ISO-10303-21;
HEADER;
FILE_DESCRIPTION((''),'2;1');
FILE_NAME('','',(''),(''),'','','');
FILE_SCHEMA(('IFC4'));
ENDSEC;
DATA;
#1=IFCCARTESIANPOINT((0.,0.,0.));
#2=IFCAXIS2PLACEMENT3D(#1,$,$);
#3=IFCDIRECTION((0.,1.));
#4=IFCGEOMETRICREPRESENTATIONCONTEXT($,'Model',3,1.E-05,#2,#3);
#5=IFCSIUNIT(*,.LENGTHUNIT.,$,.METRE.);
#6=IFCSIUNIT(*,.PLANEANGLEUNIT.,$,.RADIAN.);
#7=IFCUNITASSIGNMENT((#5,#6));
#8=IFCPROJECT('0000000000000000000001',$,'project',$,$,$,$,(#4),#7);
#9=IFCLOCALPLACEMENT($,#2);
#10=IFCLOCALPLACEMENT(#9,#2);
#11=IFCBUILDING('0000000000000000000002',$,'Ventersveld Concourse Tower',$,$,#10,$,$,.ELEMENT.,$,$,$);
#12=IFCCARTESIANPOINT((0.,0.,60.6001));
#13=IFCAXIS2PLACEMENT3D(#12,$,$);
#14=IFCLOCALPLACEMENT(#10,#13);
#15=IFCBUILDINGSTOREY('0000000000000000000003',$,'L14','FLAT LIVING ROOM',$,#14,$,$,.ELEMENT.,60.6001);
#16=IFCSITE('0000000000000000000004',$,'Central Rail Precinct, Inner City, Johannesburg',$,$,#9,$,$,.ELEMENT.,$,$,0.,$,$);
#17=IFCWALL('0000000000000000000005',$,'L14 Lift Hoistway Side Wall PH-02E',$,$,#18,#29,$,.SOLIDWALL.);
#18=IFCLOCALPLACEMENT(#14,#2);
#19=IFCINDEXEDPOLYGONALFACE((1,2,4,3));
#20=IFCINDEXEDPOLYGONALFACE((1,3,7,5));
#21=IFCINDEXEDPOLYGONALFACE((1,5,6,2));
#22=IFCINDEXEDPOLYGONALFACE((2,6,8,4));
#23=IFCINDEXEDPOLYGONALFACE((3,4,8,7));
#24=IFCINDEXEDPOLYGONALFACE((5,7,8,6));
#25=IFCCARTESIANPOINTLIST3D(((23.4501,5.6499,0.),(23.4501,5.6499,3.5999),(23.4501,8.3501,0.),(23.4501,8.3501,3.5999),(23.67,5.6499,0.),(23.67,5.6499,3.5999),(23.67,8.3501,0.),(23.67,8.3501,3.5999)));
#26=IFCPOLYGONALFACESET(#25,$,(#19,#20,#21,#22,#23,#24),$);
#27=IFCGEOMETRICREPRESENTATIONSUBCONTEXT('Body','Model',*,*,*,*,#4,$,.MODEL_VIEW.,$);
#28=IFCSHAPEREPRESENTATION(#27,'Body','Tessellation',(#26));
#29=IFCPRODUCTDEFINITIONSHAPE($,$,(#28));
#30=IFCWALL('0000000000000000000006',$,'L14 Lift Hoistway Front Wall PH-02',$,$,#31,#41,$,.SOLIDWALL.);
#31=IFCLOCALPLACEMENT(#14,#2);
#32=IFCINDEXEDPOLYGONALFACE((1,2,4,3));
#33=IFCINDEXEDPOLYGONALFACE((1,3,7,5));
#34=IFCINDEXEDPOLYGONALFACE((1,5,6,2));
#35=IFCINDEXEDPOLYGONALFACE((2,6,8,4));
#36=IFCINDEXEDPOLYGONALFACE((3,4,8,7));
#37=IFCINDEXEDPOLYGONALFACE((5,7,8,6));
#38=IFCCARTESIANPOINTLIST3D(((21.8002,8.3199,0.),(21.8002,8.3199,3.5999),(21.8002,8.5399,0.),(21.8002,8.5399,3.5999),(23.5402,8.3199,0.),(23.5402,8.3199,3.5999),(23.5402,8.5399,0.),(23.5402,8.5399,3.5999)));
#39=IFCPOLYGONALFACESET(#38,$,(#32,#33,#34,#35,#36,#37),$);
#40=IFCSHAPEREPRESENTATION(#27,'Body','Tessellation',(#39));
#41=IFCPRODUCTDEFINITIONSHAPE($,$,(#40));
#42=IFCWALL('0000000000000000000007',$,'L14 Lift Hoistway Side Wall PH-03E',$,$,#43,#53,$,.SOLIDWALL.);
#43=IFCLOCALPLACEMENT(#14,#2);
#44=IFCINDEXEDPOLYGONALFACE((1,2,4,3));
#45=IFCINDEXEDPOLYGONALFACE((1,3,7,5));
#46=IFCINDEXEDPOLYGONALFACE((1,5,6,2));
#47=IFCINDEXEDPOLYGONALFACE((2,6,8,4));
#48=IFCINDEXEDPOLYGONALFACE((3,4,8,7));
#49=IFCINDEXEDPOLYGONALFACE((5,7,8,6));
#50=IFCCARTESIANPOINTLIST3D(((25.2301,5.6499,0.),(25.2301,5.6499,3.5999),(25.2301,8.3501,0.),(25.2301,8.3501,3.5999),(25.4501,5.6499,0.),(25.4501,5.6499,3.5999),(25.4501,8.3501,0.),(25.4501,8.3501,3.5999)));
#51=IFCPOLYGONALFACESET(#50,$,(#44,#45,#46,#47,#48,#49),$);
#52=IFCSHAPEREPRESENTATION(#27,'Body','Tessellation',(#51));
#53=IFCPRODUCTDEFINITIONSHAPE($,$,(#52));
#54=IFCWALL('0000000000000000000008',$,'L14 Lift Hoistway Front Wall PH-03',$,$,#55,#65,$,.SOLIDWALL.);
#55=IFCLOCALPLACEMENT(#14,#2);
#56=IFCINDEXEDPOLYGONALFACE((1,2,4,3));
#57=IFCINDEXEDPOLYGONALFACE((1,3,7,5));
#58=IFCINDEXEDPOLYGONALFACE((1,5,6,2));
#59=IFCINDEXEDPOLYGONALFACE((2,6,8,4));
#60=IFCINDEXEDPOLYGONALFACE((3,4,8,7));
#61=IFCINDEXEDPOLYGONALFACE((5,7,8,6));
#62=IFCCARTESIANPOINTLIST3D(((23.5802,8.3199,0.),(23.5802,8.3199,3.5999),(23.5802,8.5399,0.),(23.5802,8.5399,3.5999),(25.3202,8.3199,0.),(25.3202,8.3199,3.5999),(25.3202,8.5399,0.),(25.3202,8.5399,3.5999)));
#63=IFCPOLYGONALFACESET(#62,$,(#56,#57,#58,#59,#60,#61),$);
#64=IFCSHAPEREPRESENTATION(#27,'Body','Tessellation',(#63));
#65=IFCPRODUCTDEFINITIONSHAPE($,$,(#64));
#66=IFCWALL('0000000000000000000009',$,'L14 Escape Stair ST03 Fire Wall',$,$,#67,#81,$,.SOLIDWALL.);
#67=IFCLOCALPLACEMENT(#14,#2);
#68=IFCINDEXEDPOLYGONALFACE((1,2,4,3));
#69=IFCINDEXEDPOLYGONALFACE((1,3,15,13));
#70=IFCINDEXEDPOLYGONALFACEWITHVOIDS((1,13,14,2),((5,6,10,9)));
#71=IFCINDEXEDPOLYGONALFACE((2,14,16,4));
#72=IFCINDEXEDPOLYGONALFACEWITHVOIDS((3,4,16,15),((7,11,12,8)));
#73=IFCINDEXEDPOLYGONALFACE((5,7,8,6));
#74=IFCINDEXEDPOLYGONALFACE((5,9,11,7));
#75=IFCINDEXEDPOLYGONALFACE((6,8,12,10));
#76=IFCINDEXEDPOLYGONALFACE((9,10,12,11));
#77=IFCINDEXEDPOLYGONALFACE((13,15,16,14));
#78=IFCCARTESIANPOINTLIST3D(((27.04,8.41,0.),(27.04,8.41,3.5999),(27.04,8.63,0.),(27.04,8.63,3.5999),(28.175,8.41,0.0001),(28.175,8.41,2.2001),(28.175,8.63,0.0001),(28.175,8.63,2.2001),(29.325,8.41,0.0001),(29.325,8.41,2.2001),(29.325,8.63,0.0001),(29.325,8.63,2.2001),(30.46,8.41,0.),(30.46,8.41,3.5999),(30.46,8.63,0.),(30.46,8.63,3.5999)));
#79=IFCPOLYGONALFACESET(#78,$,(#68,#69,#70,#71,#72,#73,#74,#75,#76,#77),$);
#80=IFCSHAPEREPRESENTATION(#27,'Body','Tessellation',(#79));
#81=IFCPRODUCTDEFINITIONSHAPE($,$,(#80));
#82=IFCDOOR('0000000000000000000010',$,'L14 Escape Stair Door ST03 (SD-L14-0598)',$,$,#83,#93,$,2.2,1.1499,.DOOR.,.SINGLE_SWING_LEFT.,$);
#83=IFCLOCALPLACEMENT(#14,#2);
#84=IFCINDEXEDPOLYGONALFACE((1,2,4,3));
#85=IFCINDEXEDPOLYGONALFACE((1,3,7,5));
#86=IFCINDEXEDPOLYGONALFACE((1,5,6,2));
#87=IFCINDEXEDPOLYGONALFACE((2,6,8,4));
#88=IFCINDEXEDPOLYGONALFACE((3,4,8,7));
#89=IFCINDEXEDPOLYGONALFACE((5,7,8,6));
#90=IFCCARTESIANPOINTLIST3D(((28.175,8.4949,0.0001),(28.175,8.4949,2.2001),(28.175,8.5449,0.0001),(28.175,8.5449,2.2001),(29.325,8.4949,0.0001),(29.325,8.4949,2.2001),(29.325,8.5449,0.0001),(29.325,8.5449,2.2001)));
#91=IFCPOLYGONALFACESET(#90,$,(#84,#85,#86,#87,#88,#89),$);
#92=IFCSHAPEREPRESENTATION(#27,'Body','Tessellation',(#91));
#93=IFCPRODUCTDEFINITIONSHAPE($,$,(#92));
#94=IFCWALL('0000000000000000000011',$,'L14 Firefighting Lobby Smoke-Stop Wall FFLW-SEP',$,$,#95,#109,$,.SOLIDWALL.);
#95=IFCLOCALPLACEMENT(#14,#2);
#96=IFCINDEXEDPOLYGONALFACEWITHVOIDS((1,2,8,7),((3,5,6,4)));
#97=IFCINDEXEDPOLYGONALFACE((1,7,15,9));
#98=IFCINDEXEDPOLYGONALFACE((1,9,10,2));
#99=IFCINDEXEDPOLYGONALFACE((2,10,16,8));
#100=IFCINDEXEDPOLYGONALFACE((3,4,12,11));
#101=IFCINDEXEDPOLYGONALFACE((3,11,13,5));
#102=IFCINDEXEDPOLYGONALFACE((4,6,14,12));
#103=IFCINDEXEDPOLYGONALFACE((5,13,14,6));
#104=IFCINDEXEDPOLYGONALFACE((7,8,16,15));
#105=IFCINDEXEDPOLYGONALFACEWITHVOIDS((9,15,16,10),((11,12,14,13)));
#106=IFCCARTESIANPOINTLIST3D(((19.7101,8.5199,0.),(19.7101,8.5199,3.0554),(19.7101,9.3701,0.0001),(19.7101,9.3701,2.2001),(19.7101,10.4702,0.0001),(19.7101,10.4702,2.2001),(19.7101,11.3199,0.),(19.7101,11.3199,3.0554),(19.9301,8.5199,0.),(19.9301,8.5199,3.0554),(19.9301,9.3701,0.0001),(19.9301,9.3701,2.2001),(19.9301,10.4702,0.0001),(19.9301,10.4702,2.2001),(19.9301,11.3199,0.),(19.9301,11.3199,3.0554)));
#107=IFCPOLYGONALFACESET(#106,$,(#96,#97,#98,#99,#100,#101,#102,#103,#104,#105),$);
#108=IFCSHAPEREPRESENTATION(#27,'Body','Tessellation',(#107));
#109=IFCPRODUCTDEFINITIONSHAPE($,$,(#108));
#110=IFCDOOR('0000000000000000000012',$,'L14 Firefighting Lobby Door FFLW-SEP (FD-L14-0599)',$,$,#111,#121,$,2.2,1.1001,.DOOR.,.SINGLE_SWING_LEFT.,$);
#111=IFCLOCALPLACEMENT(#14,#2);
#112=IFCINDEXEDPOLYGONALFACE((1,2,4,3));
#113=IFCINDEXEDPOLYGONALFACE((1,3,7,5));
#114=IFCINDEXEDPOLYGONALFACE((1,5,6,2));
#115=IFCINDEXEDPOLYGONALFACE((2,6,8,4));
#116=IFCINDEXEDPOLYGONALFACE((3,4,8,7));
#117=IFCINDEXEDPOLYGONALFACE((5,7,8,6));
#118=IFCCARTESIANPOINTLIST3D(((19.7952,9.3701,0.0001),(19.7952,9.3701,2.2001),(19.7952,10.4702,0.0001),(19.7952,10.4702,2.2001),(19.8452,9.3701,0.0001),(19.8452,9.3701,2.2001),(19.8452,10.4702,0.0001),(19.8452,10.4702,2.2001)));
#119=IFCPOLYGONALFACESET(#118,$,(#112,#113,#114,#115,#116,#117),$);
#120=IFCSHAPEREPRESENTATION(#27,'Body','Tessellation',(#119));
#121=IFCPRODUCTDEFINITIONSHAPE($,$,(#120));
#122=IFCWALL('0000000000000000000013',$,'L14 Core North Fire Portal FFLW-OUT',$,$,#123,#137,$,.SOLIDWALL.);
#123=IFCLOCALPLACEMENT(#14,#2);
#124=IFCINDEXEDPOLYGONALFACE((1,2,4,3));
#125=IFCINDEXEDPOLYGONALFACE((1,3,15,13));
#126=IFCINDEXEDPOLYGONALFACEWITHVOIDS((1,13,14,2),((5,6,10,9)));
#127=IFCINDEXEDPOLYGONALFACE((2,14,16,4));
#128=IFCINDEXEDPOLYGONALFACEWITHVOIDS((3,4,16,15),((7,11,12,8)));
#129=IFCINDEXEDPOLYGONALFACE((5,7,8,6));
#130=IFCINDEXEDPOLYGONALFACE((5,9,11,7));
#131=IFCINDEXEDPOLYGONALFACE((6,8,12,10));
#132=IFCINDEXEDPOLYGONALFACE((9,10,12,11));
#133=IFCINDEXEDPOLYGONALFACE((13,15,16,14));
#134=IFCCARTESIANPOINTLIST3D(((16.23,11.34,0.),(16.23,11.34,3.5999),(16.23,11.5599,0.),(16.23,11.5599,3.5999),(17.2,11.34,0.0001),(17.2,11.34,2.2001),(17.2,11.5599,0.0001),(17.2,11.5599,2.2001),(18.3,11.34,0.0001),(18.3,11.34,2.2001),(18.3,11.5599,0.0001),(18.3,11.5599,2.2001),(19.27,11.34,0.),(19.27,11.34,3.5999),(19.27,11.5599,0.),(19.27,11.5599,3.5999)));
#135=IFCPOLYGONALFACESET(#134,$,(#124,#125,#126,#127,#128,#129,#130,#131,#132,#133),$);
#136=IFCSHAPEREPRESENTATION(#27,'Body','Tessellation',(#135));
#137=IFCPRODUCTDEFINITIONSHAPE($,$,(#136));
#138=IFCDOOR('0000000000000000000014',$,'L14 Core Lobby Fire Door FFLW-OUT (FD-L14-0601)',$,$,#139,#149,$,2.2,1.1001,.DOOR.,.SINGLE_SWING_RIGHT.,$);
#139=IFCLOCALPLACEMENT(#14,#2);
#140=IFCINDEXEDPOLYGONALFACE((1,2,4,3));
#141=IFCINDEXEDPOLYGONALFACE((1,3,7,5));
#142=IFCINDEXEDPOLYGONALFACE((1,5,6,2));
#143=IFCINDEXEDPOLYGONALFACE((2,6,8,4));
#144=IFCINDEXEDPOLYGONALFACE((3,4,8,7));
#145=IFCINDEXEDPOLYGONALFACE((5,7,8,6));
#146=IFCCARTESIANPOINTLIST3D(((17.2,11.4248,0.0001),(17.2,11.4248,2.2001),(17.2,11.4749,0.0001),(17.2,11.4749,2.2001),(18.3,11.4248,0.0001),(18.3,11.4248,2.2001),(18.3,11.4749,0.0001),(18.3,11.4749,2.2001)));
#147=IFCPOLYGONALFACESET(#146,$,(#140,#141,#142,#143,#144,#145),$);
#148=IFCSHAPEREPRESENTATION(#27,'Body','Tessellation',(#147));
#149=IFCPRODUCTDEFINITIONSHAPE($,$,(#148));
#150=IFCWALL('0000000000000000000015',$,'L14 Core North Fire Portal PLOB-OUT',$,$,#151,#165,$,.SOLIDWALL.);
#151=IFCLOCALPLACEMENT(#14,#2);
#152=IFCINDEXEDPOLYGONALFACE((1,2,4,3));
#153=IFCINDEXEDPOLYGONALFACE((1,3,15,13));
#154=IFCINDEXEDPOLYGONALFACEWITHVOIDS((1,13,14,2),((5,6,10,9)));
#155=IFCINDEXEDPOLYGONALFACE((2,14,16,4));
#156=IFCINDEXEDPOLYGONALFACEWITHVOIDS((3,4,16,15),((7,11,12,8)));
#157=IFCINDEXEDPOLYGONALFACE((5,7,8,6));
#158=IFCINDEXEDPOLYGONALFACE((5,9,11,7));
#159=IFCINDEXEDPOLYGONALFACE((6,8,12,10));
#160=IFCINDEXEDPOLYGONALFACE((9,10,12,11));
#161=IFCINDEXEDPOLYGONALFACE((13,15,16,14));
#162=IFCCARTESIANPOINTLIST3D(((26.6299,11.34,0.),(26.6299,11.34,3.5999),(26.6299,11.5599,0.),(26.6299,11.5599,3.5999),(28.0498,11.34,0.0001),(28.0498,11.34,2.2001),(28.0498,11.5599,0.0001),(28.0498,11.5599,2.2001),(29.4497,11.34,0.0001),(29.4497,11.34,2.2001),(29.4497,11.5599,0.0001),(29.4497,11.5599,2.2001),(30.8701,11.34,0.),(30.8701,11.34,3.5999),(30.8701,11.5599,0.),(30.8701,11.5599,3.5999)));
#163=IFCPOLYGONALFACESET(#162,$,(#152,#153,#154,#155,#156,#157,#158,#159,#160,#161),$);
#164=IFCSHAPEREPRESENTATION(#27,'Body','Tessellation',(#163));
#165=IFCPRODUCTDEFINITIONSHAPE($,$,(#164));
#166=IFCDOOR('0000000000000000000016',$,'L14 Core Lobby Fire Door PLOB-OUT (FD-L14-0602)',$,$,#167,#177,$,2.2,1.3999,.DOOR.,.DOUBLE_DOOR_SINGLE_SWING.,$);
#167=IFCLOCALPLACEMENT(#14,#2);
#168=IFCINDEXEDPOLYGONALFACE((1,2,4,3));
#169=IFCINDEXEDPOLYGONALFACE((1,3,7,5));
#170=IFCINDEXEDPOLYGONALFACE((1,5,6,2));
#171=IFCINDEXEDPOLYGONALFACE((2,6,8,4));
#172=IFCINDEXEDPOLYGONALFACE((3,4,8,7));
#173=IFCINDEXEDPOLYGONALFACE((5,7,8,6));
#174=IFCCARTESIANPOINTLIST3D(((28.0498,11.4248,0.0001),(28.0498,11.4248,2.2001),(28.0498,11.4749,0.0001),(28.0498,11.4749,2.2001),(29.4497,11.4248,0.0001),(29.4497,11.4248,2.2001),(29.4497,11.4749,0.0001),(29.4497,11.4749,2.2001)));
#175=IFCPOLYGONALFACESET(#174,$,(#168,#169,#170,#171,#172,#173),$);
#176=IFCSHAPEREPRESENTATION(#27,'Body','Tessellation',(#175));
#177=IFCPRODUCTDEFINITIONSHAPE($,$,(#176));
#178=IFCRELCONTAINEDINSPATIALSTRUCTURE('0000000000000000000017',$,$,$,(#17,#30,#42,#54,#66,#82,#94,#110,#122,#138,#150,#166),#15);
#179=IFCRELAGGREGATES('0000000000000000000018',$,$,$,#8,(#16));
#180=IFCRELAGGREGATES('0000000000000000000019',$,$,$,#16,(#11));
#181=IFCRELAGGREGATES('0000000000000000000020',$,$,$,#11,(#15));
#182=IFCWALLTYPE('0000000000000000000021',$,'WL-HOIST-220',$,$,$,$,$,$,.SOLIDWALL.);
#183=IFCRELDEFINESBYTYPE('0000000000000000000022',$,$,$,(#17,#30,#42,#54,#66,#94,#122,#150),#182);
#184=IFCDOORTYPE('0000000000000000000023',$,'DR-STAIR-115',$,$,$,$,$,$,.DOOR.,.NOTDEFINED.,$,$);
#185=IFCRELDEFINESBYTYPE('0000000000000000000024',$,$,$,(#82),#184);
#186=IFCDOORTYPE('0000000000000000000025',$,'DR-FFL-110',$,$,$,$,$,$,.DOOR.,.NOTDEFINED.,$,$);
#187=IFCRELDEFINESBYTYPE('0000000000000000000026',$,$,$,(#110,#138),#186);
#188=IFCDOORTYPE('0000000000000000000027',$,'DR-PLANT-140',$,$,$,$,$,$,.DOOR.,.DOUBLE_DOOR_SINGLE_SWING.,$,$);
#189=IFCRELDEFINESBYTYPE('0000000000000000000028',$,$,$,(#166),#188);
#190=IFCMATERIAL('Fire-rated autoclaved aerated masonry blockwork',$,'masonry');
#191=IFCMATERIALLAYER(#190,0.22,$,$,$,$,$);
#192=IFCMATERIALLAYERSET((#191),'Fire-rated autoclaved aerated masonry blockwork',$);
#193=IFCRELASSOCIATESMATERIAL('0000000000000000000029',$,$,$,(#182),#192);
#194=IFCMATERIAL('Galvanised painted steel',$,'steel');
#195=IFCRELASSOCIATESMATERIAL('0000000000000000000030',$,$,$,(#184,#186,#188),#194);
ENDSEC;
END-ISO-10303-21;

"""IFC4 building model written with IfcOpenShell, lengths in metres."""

from ifc_helpers import new_model, si_unit, direction, frame, frame_2d, origin, place, context, subcontext, project, spatial, rectangle, extrude, material, layer, layer_set, type_object, element, fill, save


model = new_model("IFC4")

# Units and contexts
model_context = context("Model", 3, precision=1e-05, world=origin(), true_north=direction((0.0, 1.0)))
body_context = subcontext(model_context, "Body", "Model", "MODEL_VIEW")
ifc_project = project(units=[si_unit("LENGTHUNIT", "METRE"), si_unit("PLANEANGLEUNIT", "RADIAN")], contexts=[model_context])

# Site, building, storey
site_placement = place(None, origin())
site = spatial("IfcSite", under=ifc_project, at=site_placement, Name="Central Rail Precinct, Inner City, Johannesburg", CompositionType="ELEMENT", RefElevation=0.0)
building_placement = place(site_placement, origin())
building = spatial("IfcBuilding", under=site, at=building_placement, Name="Ventersveld Concourse Tower", CompositionType="ELEMENT")
storey_placement = place(building_placement, frame((0.0, 0.0, 60.6001)))
storey = spatial("IfcBuildingStorey", under=building, at=storey_placement, Name="L14", Description="FLAT LIVING ROOM", CompositionType="ELEMENT", Elevation=60.6001)

# Shared definitions
ifc_material_1 = material(Name="Fire-rated autoclaved aerated masonry blockwork", Category="masonry")

# Shared definitions
ifc_layer_1 = layer(ifc_material_1, 0.22)
ifc_layer_set_1 = layer_set([ifc_layer_1], Name="Fire-rated autoclaved aerated masonry blockwork")
wall_type_1 = type_object("IfcWallType", Name="WL-HOIST-220", PredefinedType="SOLIDWALL", material=ifc_layer_set_1)

# Walls
wall_1_placement = place(storey_placement, frame((23.5601, 5.6499, 0.0), z_axis=(0.0, 0.0, 1.0), x_axis=(0.0, 1.0, 0.0)))
element("IfcWall", 1, at=wall_1_placement, inside=storey, type_object=wall_type_1, Name="L14 Lift Hoistway Side Wall PH-02E", PredefinedType="SOLIDWALL", context=body_context, shape_type="SweptSolid", body=[
    extrude(rectangle(XDim=2.7002, YDim=0.22, at=frame_2d((1.3501, 0.0))), origin(), (0.0, 0.0, 1.0), 3.5999),
])
wall_2_placement = place(storey_placement, frame((21.8, 8.4299, 0.0), z_axis=(0.0, 0.0, 1.0), x_axis=(1.0, 0.0, 0.0)))
element("IfcWall", 2, at=wall_2_placement, inside=storey, type_object=wall_type_1, Name="L14 Lift Hoistway Front Wall PH-02", PredefinedType="SOLIDWALL", context=body_context, shape_type="SweptSolid", body=[
    extrude(rectangle(XDim=1.74, YDim=0.22, at=frame_2d((0.8701, 0.0))), origin(), (0.0, 0.0, 1.0), 3.5999),
])
wall_3_placement = place(storey_placement, frame((25.3401, 5.6499, 0.0), z_axis=(0.0, 0.0, 1.0), x_axis=(0.0, 1.0, 0.0)))
element("IfcWall", 3, at=wall_3_placement, inside=storey, type_object=wall_type_1, Name="L14 Lift Hoistway Side Wall PH-03E", PredefinedType="SOLIDWALL", context=body_context, shape_type="SweptSolid", body=[
    extrude(rectangle(XDim=2.7002, YDim=0.22, at=frame_2d((1.3501, 0.0))), origin(), (0.0, 0.0, 1.0), 3.5999),
])
wall_4_placement = place(storey_placement, frame((23.5801, 8.4299, 0.0), z_axis=(0.0, 0.0, 1.0), x_axis=(1.0, 0.0, 0.0)))
element("IfcWall", 4, at=wall_4_placement, inside=storey, type_object=wall_type_1, Name="L14 Lift Hoistway Front Wall PH-03", PredefinedType="SOLIDWALL", context=body_context, shape_type="SweptSolid", body=[
    extrude(rectangle(XDim=1.74, YDim=0.22, at=frame_2d((0.8701, 0.0))), origin(), (0.0, 0.0, 1.0), 3.5999),
])

# Walls, openings, doors
wall_5_placement = place(storey_placement, frame((27.04, 8.52, 0.0), z_axis=(0.0, 0.0, 1.0), x_axis=(1.0, 0.0, 0.0)))
wall_5 = element("IfcWall", 5, at=wall_5_placement, inside=storey, type_object=wall_type_1, Name="L14 Escape Stair ST03 Fire Wall", PredefinedType="SOLIDWALL", context=body_context, shape_type="SweptSolid", body=[
    extrude(rectangle(XDim=3.4199, YDim=0.22, at=frame_2d((1.71, 0.0))), origin(), (0.0, 0.0, 1.0), 3.5999),
])
opening_1_placement = place(wall_5_placement, frame((1.135, 0.0, 0.0)))
opening_1 = element("IfcOpeningElement", 6, at=opening_1_placement, cuts=wall_5, PredefinedType="OPENING", context=body_context, shape_type="SweptSolid", body=[
    extrude(rectangle(XDim=1.1499, YDim=2.2, at=frame_2d((0.575, 1.1001))), frame((0.0, 0.1201, 0.0), z_axis=(0.0, -1.0, 0.0), x_axis=(1.0, 0.0, 0.0)), (0.0, 0.0, 1.0), 0.24),
])
ifc_material_2 = material(Name="Galvanised painted steel", Category="steel")
door_type_1 = type_object("IfcDoorType", Name="DR-STAIR-115", OperationType="NOTDEFINED", PredefinedType="DOOR", material=ifc_material_2)
door_1_placement = place(opening_1_placement, origin())
door_1 = element("IfcDoor", 7, at=door_1_placement, inside=storey, type_object=door_type_1, Name="L14 Escape Stair Door ST03 (SD-L14-0598)", OperationType="SINGLE_SWING_LEFT", OverallHeight=2.2, OverallWidth=1.1499, PredefinedType="DOOR", context=body_context, shape_type="SweptSolid", body=[
    extrude(rectangle(XDim=1.1499, YDim=2.2, at=frame_2d((0.575, 1.1001))), frame((0.0, 0.0249, 0.0), z_axis=(0.0, -1.0, 0.0), x_axis=(1.0, 0.0, 0.0)), (0.0, 0.0, 1.0), 0.05),
])
fill(opening_1, door_1)
wall_6_placement = place(storey_placement, frame((19.8201, 8.52, 0.0), z_axis=(0.0, 0.0, 1.0), x_axis=(0.0, 1.0, 0.0)))
wall_6 = element("IfcWall", 8, at=wall_6_placement, inside=storey, type_object=wall_type_1, Name="L14 Firefighting Lobby Smoke-Stop Wall FFLW-SEP", PredefinedType="SOLIDWALL", context=body_context, shape_type="SweptSolid", body=[
    extrude(rectangle(XDim=2.8, YDim=0.22, at=frame_2d((1.3999, 0.0))), origin(), (0.0, 0.0, 1.0), 3.0554),
])
opening_2_placement = place(wall_6_placement, frame((0.8501, 0.0, 0.0)))
opening_2 = element("IfcOpeningElement", 9, at=opening_2_placement, cuts=wall_6, PredefinedType="OPENING", context=body_context, shape_type="SweptSolid", body=[
    extrude(rectangle(XDim=1.1001, YDim=2.2, at=frame_2d((0.55, 1.1001))), frame((0.0, 0.1201, 0.0), z_axis=(0.0, -1.0, 0.0), x_axis=(1.0, 0.0, 0.0)), (0.0, 0.0, 1.0), 0.24),
])
door_type_2 = type_object("IfcDoorType", Name="DR-FFL-110", OperationType="NOTDEFINED", PredefinedType="DOOR", material=ifc_material_2)
door_2_placement = place(opening_2_placement, origin())
door_2 = element("IfcDoor", 10, at=door_2_placement, inside=storey, type_object=door_type_2, Name="L14 Firefighting Lobby Door FFLW-SEP (FD-L14-0599)", OperationType="SINGLE_SWING_LEFT", OverallHeight=2.2, OverallWidth=1.1001, PredefinedType="DOOR", context=body_context, shape_type="SweptSolid", body=[
    extrude(rectangle(XDim=1.1001, YDim=2.2, at=frame_2d((0.55, 1.1001))), frame((0.0, 0.0249, 0.0), z_axis=(0.0, -1.0, 0.0), x_axis=(1.0, 0.0, 0.0)), (0.0, 0.0, 1.0), 0.05),
])
fill(opening_2, door_2)
wall_7_placement = place(storey_placement, frame((16.23, 11.45, 0.0), z_axis=(0.0, 0.0, 1.0), x_axis=(1.0, 0.0, 0.0)))
wall_7 = element("IfcWall", 11, at=wall_7_placement, inside=storey, type_object=wall_type_1, Name="L14 Core North Fire Portal FFLW-OUT", PredefinedType="SOLIDWALL", context=body_context, shape_type="SweptSolid", body=[
    extrude(rectangle(XDim=3.04, YDim=0.22, at=frame_2d((1.52, 0.0))), origin(), (0.0, 0.0, 1.0), 3.5999),
])
opening_3_placement = place(wall_7_placement, frame((0.97, 0.0, 0.0)))
opening_3 = element("IfcOpeningElement", 12, at=opening_3_placement, cuts=wall_7, PredefinedType="OPENING", context=body_context, shape_type="SweptSolid", body=[
    extrude(rectangle(XDim=1.1001, YDim=2.2, at=frame_2d((0.55, 1.1001))), frame((0.0, 0.1201, 0.0), z_axis=(0.0, -1.0, 0.0), x_axis=(1.0, 0.0, 0.0)), (0.0, 0.0, 1.0), 0.24),
])
door_3_placement = place(opening_3_placement, origin())
door_3 = element("IfcDoor", 13, at=door_3_placement, inside=storey, type_object=door_type_2, Name="L14 Core Lobby Fire Door FFLW-OUT (FD-L14-0601)", OperationType="SINGLE_SWING_RIGHT", OverallHeight=2.2, OverallWidth=1.1001, PredefinedType="DOOR", context=body_context, shape_type="SweptSolid", body=[
    extrude(rectangle(XDim=1.1001, YDim=2.2, at=frame_2d((0.55, 1.1001))), frame((0.0, 0.0249, 0.0), z_axis=(0.0, -1.0, 0.0), x_axis=(1.0, 0.0, 0.0)), (0.0, 0.0, 1.0), 0.05),
])
fill(opening_3, door_3)
wall_8_placement = place(storey_placement, frame((26.6299, 11.45, 0.0), z_axis=(0.0, 0.0, 1.0), x_axis=(1.0, 0.0, 0.0)))
wall_8 = element("IfcWall", 14, at=wall_8_placement, inside=storey, type_object=wall_type_1, Name="L14 Core North Fire Portal PLOB-OUT", PredefinedType="SOLIDWALL", context=body_context, shape_type="SweptSolid", body=[
    extrude(rectangle(XDim=4.2402, YDim=0.22, at=frame_2d((2.1201, 0.0))), origin(), (0.0, 0.0, 1.0), 3.5999),
])
opening_4_placement = place(wall_8_placement, frame((1.4199, 0.0, 0.0)))
opening_4 = element("IfcOpeningElement", 15, at=opening_4_placement, cuts=wall_8, PredefinedType="OPENING", context=body_context, shape_type="SweptSolid", body=[
    extrude(rectangle(XDim=1.3999, YDim=2.2, at=frame_2d((0.7, 1.1001))), frame((0.0, 0.1201, 0.0), z_axis=(0.0, -1.0, 0.0), x_axis=(1.0, 0.0, 0.0)), (0.0, 0.0, 1.0), 0.24),
])
door_type_3 = type_object("IfcDoorType", Name="DR-PLANT-140", OperationType="DOUBLE_DOOR_SINGLE_SWING", PredefinedType="DOOR", material=ifc_material_2)
door_4_placement = place(opening_4_placement, origin())
door_4 = element("IfcDoor", 16, at=door_4_placement, inside=storey, type_object=door_type_3, Name="L14 Core Lobby Fire Door PLOB-OUT (FD-L14-0602)", OperationType="DOUBLE_DOOR_SINGLE_SWING", OverallHeight=2.2, OverallWidth=1.3999, PredefinedType="DOOR", context=body_context, shape_type="SweptSolid", body=[
    extrude(rectangle(XDim=1.3999, YDim=2.2, at=frame_2d((0.7, 1.1001))), frame((0.0, 0.0249, 0.0), z_axis=(0.0, -1.0, 0.0), x_axis=(1.0, 0.0, 0.0)), (0.0, 0.0, 1.0), 0.05),
])
fill(opening_4, door_4)

save(model, "model.ifc")
